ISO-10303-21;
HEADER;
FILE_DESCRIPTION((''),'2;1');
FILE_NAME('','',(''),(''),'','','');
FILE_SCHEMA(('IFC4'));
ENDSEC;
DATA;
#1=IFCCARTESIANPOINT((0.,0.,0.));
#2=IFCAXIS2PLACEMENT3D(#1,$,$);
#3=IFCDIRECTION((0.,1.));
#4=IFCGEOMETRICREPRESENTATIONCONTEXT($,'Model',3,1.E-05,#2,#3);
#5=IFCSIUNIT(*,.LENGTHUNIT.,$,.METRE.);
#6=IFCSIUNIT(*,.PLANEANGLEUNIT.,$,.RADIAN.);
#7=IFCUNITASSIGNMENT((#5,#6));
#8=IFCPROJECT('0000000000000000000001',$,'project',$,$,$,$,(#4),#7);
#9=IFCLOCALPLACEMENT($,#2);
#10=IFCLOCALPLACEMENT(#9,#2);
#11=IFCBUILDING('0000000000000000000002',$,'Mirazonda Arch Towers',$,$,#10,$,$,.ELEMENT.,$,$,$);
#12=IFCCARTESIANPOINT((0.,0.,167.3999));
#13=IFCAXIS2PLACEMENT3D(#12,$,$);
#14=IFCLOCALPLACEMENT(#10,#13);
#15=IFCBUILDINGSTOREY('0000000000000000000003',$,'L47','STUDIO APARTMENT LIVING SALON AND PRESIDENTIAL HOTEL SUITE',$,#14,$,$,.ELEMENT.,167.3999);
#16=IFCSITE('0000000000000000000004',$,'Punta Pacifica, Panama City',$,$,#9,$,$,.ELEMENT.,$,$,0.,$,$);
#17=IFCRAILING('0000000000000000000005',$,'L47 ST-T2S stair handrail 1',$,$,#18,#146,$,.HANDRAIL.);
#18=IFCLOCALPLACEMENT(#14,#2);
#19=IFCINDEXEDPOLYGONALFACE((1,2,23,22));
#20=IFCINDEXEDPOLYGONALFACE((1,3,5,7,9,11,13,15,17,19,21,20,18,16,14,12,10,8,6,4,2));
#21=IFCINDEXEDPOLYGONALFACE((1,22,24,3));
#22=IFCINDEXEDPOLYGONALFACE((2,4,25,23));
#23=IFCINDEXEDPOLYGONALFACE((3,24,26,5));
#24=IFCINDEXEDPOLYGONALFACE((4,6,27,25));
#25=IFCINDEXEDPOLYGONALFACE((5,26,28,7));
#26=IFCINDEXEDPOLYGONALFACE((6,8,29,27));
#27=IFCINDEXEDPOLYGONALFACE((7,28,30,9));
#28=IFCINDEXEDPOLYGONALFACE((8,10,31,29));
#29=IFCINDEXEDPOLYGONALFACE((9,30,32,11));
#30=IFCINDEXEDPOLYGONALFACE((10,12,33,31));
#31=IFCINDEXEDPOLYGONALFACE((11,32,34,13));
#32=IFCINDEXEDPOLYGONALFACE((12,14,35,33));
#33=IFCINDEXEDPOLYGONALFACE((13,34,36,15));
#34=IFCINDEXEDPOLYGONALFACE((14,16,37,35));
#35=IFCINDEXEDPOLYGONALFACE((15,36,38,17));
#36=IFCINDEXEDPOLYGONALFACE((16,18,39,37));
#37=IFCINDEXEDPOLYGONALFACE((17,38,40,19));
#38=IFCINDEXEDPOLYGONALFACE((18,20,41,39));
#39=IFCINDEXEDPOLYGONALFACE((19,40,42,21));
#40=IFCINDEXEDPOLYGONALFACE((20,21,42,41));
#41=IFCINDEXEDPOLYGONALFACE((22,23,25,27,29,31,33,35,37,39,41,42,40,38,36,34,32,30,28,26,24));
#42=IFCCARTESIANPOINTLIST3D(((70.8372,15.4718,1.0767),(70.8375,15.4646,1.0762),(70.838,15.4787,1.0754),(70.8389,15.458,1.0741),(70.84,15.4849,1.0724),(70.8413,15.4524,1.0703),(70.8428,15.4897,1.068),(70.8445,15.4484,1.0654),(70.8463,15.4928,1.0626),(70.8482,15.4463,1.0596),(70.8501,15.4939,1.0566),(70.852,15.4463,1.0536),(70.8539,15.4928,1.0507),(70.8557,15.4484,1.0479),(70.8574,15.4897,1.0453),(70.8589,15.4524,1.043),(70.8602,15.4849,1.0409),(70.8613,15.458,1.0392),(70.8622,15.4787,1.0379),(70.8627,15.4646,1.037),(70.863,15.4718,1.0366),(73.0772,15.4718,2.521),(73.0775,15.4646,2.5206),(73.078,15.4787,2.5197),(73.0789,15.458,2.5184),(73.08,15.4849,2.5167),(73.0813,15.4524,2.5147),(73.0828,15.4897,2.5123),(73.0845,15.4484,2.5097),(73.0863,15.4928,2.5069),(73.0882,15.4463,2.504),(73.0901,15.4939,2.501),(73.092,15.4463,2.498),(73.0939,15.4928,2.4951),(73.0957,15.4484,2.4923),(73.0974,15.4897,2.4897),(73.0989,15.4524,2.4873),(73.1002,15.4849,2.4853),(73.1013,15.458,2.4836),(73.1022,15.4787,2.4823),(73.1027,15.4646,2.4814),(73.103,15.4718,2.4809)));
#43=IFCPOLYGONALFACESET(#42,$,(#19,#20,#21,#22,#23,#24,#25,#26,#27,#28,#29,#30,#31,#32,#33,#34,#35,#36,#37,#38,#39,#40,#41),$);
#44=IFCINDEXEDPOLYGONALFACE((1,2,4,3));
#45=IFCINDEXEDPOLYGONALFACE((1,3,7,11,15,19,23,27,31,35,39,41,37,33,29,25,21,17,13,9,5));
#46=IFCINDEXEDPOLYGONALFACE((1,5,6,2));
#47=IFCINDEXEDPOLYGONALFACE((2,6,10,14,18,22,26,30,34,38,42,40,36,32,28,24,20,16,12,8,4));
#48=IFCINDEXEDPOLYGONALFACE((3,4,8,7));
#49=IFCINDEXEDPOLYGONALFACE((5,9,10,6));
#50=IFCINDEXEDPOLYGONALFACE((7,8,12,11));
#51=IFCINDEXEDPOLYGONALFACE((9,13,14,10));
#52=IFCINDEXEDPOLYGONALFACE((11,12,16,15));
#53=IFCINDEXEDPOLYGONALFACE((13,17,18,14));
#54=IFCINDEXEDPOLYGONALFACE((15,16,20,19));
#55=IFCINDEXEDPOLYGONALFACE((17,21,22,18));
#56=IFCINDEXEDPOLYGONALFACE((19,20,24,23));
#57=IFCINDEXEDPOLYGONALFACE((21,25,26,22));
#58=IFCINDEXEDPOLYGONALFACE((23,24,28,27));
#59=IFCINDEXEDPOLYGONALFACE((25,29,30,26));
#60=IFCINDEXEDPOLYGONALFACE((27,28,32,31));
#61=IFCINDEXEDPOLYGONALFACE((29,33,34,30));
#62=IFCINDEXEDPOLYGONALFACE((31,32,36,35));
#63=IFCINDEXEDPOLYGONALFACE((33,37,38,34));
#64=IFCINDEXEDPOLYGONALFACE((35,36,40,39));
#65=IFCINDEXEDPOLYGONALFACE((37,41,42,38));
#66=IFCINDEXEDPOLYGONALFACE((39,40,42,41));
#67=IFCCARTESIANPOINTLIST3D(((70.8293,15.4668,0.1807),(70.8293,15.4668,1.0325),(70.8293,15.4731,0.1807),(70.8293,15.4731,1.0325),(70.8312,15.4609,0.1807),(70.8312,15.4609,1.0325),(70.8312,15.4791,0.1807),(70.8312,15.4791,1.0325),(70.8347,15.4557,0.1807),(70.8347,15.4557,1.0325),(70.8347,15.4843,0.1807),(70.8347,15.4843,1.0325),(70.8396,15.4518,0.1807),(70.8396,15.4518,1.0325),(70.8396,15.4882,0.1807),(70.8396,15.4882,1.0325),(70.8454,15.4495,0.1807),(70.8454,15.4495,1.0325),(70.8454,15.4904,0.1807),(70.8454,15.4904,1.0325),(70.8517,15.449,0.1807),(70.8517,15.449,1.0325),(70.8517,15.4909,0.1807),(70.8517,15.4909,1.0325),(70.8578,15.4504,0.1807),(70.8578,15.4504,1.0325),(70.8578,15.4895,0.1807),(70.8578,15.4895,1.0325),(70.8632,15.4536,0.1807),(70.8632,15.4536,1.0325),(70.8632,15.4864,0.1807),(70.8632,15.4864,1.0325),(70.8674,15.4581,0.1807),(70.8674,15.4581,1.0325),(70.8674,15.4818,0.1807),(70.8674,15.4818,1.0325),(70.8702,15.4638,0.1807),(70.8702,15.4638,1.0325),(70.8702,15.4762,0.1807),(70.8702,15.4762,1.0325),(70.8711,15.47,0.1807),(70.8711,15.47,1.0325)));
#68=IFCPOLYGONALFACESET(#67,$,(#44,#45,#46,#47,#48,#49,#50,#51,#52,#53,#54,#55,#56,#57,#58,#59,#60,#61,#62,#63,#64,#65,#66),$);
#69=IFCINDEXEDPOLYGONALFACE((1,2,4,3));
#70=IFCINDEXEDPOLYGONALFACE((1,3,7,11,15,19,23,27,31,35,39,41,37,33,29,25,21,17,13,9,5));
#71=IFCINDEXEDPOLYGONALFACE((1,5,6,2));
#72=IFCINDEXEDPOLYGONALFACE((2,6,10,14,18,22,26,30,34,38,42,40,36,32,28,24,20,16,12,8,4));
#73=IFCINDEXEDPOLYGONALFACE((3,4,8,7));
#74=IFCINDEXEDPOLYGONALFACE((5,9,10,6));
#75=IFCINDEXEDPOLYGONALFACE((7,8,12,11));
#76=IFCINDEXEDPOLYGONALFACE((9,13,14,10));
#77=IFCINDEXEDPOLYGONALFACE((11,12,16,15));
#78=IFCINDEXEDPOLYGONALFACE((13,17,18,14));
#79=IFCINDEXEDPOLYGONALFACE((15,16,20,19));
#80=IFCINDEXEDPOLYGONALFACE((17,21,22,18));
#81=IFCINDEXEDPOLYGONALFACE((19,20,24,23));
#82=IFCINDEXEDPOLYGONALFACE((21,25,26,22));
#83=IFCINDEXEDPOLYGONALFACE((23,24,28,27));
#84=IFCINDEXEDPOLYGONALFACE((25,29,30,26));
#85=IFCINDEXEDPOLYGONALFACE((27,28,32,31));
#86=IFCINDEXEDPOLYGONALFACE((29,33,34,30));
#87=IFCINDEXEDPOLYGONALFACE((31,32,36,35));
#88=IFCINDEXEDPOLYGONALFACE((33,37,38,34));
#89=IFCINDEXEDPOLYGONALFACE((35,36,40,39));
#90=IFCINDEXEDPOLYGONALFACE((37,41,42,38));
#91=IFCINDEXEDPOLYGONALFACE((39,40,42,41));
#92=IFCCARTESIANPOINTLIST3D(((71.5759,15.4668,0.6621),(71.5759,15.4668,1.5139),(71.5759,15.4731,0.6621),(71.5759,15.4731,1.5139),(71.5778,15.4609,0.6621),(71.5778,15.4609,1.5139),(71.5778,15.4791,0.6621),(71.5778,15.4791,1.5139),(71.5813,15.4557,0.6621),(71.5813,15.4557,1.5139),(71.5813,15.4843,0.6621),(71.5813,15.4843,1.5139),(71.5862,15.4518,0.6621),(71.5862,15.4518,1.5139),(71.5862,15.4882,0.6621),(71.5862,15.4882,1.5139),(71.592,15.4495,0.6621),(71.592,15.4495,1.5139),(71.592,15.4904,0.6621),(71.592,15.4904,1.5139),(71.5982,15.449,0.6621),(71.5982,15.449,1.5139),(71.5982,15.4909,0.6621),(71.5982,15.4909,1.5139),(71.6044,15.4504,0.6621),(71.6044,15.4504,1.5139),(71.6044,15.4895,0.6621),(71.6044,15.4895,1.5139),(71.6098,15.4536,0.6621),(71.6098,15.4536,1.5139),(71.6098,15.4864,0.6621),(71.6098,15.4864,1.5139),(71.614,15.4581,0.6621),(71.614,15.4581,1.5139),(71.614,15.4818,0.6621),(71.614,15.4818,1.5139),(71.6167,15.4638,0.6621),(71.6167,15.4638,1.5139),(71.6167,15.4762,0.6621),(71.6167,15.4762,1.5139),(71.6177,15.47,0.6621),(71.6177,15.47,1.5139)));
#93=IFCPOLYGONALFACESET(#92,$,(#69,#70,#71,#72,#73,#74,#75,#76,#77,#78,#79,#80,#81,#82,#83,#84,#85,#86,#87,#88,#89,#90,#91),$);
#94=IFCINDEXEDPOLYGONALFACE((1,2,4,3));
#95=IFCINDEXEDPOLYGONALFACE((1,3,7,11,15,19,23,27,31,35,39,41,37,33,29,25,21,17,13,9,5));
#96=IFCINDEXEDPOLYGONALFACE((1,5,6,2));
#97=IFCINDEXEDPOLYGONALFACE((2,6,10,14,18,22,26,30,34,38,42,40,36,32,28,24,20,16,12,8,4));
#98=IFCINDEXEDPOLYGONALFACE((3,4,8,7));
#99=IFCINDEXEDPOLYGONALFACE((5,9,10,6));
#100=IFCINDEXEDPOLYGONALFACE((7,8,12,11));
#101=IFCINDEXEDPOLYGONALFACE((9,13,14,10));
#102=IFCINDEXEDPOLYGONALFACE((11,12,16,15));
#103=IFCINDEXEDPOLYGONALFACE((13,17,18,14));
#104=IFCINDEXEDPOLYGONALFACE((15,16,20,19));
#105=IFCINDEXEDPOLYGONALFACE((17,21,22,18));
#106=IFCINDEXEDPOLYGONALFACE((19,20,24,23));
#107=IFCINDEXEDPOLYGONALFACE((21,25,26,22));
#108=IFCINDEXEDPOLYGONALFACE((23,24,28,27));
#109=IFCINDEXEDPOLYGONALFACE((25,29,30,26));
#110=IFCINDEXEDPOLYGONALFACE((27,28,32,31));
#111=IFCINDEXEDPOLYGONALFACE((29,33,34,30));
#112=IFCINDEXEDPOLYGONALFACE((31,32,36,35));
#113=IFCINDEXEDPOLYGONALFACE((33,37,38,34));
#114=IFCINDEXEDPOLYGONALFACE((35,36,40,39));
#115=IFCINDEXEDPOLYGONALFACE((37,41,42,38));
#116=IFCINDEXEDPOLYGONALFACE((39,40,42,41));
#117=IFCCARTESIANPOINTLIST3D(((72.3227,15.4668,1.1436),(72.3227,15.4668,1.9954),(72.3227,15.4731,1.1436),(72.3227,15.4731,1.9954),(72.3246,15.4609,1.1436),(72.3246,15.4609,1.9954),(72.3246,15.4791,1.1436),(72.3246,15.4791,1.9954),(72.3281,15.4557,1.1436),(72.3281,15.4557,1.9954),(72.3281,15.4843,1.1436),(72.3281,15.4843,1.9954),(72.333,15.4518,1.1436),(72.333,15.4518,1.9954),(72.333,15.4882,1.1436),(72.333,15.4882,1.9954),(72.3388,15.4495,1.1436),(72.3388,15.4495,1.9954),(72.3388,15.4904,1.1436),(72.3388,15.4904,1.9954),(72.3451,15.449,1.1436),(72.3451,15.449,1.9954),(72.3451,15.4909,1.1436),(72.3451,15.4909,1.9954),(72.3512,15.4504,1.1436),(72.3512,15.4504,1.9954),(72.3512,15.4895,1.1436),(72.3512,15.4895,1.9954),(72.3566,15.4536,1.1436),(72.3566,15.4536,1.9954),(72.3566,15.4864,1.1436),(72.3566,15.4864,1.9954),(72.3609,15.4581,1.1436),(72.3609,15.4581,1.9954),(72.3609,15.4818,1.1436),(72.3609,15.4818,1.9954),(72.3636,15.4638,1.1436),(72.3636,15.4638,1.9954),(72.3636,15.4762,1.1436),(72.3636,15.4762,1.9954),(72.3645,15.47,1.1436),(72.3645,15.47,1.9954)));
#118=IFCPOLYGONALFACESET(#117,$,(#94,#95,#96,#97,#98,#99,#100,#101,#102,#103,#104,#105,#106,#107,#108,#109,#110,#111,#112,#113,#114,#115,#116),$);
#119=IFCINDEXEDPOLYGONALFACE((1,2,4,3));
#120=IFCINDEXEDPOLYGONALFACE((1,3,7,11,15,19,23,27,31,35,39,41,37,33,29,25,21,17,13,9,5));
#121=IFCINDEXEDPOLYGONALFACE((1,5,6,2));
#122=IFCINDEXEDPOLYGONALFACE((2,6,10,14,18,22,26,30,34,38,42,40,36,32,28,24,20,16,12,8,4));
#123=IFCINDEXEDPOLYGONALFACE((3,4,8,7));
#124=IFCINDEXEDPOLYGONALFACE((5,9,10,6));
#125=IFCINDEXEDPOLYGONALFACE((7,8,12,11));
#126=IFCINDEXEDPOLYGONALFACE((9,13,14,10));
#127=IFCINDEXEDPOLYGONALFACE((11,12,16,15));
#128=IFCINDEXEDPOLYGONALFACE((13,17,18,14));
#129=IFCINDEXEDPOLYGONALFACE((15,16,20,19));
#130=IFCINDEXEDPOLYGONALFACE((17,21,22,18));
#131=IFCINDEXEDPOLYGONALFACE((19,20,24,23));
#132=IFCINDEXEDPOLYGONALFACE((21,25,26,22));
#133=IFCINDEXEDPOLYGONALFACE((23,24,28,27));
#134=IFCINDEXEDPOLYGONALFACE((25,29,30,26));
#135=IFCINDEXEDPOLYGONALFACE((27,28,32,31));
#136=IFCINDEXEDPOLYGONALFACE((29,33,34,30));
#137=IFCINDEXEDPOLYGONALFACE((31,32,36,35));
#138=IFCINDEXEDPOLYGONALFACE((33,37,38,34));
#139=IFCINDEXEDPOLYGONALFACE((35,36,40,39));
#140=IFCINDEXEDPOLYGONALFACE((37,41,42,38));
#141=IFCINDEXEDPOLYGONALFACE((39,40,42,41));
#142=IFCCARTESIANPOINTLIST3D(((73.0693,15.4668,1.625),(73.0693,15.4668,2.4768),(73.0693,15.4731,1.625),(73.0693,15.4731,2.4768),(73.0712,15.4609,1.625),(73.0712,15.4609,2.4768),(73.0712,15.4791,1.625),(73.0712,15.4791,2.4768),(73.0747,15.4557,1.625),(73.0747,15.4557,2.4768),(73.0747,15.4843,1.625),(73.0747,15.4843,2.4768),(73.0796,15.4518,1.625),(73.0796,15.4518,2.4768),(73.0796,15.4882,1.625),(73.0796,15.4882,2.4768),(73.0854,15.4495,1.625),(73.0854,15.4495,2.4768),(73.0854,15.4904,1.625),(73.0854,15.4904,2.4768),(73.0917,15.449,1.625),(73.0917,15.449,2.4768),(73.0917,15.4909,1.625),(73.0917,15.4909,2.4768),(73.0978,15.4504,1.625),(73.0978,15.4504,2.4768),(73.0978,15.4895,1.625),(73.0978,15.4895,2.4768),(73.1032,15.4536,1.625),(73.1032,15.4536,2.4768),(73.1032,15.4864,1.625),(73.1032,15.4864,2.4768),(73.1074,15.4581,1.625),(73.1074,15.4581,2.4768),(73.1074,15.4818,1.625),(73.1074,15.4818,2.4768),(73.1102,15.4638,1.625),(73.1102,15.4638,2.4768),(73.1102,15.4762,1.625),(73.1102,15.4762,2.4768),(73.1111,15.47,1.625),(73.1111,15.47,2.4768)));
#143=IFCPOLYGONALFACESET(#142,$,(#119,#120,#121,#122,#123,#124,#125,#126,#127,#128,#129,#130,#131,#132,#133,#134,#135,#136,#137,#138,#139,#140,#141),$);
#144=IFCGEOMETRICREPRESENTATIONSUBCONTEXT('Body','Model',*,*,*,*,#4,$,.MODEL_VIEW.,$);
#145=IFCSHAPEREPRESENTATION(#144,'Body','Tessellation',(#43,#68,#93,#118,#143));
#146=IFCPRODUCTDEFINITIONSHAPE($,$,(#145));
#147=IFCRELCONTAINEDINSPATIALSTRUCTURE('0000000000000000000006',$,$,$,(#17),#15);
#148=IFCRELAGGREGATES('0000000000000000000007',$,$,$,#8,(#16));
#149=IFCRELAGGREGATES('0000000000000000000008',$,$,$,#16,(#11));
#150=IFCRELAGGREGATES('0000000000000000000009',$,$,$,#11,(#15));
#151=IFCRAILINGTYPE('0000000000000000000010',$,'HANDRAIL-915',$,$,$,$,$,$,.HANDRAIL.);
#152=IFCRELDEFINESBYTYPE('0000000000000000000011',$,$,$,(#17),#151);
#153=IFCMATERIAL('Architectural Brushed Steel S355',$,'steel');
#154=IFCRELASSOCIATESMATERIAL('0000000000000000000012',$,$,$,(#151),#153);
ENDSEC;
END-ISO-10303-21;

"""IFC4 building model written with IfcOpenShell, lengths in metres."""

from ifc_helpers import new_model, si_unit, direction, frame, origin, origin_2d, place, context, subcontext, project, spatial, circle, extrude, material, type_object, element, save


model = new_model("IFC4")

# Units and contexts
model_context = context("Model", 3, precision=1e-05, world=origin(), true_north=direction((0.0, 1.0)))
body_context = subcontext(model_context, "Body", "Model", "MODEL_VIEW")
ifc_project = project(units=[si_unit("LENGTHUNIT", "METRE"), si_unit("PLANEANGLEUNIT", "RADIAN")], contexts=[model_context])

# Site, building, storey
site_placement = place(None, origin())
site = spatial("IfcSite", under=ifc_project, at=site_placement, Name="Punta Pacifica, Panama City", CompositionType="ELEMENT", RefElevation=0.0)
building_placement = place(site_placement, origin())
building = spatial("IfcBuilding", under=site, at=building_placement, Name="Mirazonda Arch Towers", CompositionType="ELEMENT")
storey_placement = place(building_placement, frame((0.0, 0.0, 167.3999)))
storey = spatial("IfcBuildingStorey", under=building, at=storey_placement, Name="L47", Description="STUDIO APARTMENT LIVING SALON AND PRESIDENTIAL HOTEL SUITE", CompositionType="ELEMENT", Elevation=167.3999)

# Shared definitions
ifc_material_1 = material(Name="Architectural Brushed Steel S355", Category="steel")

# Railing
railing_type_1 = type_object("IfcRailingType", Name="HANDRAIL-915", PredefinedType="HANDRAIL", material=ifc_material_1)
railing_1_placement = place(storey_placement, frame((70.8501, 15.47, 0.1807)))
element("IfcRailing", 1, at=railing_1_placement, inside=storey, type_object=railing_type_1, Name="L47 ST-T2S stair handrail 1", PredefinedType="HANDRAIL", context=body_context, shape_type="SweptSolid", body=[
    extrude(circle(Radius=0.0239, at=origin_2d()), frame((0.0, 0.0, 0.876), z_axis=(0.840437, 0.0, 0.54191), x_axis=(0.0, 1.0, 0.0)), (0.0, 0.0, 1.0), 2.6653),
    extrude(circle(Radius=0.021, at=origin_2d()), origin(), (0.0, 0.0, 1.0), 0.8518),
    extrude(circle(Radius=0.021, at=origin_2d()), frame((0.7466, 0.0, 0.4814)), (0.0, 0.0, 1.0), 0.8518),
    extrude(circle(Radius=0.021, at=origin_2d()), frame((1.4934, 0.0, 0.9629)), (0.0, 0.0, 1.0), 0.8518),
    extrude(circle(Radius=0.021, at=origin_2d()), frame((2.24, 0.0, 1.4443)), (0.0, 0.0, 1.0), 0.8518),
])

save(model, "model.ifc")
